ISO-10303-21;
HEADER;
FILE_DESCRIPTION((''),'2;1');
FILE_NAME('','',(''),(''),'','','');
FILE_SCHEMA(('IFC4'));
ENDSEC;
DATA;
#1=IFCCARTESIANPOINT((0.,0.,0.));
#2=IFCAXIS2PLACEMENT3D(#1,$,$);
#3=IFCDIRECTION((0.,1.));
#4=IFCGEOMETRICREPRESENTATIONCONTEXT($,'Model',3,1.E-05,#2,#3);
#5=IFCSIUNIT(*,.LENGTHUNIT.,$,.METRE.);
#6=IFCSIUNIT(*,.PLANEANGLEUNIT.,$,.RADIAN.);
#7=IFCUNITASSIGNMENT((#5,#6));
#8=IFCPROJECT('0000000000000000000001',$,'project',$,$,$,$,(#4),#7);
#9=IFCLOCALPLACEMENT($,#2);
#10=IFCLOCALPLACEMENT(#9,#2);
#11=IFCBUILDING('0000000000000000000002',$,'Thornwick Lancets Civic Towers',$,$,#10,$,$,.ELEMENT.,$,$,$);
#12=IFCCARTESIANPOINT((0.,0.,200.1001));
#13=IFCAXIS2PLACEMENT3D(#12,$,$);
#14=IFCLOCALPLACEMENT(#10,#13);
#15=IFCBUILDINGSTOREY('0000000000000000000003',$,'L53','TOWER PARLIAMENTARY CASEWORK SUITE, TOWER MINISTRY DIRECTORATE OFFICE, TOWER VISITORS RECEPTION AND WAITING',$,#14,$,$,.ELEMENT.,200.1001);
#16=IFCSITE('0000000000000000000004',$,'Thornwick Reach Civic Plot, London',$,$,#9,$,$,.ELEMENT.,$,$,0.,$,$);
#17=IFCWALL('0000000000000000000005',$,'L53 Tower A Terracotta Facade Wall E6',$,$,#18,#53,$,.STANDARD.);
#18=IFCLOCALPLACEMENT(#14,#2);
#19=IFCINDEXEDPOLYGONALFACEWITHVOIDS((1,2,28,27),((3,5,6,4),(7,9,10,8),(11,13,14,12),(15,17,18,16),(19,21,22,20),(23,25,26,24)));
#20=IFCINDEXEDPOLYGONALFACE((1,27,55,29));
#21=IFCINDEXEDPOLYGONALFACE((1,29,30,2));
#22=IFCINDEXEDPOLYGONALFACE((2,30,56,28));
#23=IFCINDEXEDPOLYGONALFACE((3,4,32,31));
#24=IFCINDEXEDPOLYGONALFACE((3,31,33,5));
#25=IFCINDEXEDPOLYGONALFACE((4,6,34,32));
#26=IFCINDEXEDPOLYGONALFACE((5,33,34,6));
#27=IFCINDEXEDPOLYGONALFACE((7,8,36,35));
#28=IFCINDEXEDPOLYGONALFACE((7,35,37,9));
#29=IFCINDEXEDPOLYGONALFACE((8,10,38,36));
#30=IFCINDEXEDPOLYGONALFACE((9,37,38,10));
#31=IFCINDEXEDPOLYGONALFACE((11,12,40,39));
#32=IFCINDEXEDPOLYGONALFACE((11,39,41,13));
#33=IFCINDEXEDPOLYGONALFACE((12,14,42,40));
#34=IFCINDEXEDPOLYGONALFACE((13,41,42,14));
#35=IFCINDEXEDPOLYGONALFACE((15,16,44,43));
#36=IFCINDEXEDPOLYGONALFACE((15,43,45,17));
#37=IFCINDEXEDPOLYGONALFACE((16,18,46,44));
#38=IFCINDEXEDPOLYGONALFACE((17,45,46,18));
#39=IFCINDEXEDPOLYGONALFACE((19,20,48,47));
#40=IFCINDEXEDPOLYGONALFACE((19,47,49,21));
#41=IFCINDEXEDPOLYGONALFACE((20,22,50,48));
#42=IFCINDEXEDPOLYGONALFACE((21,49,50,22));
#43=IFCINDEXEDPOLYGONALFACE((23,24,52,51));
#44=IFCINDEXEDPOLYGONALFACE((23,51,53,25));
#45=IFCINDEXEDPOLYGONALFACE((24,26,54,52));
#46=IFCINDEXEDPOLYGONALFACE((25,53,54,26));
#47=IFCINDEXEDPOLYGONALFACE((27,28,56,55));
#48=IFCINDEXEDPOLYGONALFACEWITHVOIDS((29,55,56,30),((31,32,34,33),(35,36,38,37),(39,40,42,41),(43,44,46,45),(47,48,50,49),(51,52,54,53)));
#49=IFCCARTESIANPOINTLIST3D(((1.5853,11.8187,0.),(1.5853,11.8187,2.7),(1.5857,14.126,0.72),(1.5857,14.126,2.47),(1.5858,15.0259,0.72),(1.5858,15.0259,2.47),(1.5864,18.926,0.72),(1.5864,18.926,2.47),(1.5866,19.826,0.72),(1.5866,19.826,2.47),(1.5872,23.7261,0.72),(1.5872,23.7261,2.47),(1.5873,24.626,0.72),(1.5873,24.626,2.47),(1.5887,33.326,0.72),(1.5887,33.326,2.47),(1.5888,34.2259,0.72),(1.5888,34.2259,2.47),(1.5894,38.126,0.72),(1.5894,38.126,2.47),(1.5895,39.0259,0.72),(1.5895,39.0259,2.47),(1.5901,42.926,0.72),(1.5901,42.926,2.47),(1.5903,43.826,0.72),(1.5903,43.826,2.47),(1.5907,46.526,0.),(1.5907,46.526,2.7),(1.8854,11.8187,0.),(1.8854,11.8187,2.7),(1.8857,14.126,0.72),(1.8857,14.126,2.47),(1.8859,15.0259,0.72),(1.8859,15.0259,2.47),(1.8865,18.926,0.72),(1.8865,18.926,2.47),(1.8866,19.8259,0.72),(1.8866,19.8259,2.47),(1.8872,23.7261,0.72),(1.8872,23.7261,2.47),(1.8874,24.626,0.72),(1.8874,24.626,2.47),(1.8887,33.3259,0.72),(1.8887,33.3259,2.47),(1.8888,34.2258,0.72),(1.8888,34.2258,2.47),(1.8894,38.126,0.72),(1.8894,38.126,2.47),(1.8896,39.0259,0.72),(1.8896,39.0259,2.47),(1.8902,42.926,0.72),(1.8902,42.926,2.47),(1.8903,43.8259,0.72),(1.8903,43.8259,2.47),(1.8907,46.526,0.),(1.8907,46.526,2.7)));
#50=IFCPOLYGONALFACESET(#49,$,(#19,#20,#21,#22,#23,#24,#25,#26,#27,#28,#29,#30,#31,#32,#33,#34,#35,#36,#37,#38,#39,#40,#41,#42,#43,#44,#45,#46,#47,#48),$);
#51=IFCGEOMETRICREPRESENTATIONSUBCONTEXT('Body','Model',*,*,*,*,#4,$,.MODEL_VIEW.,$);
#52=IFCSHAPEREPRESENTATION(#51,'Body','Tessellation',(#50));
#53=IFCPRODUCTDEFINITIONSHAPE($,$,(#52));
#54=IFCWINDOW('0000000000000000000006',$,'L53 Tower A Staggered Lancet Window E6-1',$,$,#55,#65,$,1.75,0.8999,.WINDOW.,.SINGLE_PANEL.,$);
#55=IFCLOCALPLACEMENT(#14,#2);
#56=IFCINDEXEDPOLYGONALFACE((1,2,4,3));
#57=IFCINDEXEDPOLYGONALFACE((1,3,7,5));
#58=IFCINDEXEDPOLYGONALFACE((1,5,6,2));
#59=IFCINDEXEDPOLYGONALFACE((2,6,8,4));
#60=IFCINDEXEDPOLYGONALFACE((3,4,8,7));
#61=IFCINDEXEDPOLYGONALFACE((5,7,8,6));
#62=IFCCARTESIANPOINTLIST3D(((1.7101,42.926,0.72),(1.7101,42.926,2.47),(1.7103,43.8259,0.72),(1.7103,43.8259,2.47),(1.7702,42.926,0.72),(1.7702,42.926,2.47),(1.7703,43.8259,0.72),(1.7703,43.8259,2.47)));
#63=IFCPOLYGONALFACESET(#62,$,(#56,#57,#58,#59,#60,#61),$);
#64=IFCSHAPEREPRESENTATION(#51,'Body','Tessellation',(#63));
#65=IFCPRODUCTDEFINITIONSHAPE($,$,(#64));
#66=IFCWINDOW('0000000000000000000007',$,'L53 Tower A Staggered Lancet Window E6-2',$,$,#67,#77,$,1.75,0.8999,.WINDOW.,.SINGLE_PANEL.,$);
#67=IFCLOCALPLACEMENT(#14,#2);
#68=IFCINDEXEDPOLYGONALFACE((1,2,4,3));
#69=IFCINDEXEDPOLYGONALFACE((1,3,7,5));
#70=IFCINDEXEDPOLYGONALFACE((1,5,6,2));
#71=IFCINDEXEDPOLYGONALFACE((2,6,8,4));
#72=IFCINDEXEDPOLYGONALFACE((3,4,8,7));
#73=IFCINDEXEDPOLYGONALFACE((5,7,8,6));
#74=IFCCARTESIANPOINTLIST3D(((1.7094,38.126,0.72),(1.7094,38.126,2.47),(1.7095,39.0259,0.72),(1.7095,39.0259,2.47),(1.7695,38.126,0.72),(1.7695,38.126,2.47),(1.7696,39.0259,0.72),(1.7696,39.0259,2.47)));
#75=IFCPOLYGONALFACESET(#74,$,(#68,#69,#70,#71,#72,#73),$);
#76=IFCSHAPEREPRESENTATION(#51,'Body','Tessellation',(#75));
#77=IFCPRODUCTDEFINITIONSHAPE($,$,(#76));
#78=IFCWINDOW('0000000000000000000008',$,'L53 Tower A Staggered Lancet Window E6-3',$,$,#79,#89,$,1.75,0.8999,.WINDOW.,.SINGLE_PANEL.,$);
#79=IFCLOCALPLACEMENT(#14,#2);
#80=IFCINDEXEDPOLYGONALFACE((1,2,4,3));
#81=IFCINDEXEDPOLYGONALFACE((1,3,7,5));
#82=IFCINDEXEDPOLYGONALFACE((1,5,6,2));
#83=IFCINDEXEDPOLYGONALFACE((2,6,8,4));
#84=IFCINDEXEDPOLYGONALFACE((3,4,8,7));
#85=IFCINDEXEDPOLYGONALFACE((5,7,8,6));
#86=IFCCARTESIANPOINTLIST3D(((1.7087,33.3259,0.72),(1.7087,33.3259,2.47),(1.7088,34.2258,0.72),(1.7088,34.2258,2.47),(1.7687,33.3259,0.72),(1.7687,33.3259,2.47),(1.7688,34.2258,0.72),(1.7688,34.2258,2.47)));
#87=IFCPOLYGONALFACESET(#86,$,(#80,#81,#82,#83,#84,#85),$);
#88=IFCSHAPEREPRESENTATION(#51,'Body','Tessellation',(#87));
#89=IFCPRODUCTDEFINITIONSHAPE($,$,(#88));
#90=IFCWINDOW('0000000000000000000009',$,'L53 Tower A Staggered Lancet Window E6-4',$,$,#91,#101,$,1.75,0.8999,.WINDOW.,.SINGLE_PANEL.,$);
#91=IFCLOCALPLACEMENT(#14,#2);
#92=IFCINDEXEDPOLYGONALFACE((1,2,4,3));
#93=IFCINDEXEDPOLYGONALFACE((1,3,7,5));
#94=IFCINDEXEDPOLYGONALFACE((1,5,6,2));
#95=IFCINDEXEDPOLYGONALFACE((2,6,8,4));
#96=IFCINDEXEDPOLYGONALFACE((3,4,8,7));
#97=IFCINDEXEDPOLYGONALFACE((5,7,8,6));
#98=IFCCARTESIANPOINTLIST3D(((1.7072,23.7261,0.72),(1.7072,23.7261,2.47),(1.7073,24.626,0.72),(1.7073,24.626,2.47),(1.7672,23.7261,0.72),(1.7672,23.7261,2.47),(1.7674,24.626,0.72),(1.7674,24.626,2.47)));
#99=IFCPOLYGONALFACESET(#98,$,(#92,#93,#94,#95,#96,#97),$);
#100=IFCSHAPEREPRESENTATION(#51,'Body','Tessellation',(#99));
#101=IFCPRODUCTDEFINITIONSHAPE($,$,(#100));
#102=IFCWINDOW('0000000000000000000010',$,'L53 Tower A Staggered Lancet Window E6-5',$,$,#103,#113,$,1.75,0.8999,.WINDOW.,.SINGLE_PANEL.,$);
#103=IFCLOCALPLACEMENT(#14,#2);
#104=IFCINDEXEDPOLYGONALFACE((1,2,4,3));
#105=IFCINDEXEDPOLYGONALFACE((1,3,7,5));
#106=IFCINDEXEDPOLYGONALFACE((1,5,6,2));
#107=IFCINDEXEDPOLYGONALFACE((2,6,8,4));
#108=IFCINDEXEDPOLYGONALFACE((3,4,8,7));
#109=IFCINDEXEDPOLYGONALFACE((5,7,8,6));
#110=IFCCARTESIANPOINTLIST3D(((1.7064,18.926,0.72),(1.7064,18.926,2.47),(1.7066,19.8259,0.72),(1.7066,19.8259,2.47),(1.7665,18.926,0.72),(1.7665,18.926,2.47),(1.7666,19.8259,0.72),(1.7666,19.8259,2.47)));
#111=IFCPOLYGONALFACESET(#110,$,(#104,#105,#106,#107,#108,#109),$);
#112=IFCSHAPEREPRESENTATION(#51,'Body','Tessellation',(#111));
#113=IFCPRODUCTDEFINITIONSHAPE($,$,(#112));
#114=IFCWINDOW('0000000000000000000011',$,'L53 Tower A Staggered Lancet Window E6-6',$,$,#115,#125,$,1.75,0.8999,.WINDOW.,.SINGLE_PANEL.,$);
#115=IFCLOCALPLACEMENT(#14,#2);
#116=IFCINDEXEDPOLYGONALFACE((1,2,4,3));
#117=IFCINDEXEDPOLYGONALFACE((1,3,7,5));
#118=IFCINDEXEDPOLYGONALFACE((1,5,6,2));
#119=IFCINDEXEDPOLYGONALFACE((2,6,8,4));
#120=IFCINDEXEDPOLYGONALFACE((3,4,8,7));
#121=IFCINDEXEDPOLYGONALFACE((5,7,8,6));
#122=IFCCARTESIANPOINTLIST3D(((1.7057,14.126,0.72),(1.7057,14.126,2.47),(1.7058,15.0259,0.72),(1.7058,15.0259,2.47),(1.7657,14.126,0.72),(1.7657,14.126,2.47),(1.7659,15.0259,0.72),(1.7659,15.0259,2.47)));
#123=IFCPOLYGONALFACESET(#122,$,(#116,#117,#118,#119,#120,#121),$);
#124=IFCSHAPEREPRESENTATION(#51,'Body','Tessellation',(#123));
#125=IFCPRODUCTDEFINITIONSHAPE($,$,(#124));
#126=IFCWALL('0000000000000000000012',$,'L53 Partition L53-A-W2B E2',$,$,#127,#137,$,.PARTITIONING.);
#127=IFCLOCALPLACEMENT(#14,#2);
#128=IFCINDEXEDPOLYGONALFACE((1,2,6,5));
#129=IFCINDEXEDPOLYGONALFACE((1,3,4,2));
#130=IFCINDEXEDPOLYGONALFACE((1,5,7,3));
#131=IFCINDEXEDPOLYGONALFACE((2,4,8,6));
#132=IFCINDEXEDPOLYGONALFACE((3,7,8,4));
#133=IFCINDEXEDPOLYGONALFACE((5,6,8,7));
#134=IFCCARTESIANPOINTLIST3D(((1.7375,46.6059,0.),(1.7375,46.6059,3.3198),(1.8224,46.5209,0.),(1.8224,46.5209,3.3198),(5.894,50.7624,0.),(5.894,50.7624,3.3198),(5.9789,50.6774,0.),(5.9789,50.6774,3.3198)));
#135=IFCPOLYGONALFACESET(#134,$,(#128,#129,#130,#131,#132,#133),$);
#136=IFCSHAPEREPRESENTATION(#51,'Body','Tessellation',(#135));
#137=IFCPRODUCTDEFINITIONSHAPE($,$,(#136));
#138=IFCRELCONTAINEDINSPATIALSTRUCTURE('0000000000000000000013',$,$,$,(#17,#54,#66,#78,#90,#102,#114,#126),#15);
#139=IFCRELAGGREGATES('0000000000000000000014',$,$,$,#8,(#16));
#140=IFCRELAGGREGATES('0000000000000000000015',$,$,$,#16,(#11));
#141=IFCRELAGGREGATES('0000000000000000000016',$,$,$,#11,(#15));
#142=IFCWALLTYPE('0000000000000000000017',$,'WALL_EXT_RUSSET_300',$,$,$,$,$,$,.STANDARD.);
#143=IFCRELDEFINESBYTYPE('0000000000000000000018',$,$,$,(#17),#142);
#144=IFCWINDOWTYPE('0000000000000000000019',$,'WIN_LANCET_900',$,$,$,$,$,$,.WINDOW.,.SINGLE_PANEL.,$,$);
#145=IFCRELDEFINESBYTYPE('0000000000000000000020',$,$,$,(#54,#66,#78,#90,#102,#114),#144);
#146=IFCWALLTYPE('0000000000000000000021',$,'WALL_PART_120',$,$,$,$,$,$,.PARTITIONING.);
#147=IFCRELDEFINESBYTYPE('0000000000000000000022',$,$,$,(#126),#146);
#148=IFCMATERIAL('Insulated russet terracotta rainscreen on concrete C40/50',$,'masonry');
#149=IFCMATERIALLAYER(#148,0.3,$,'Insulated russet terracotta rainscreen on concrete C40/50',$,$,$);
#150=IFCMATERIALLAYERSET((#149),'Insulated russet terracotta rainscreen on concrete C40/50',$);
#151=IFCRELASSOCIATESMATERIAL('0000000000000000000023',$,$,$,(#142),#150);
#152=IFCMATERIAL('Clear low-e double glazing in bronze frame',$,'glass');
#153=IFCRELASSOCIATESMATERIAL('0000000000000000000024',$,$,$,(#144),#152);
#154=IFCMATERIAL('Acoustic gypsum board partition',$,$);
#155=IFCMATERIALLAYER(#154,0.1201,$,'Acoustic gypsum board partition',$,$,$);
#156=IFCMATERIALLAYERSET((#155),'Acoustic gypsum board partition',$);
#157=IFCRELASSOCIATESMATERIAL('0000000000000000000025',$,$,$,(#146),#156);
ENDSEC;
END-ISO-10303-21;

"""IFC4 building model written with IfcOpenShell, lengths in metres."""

from ifc_helpers import new_model, si_unit, direction, frame, frame_2d, origin, place, context, subcontext, project, spatial, rectangle, extrude, material, layer, layer_set, type_object, element, fill, save


model = new_model("IFC4")

# Units and contexts
model_context = context("Model", 3, precision=1e-05, world=origin(), true_north=direction((0.0, 1.0)))
body_context = subcontext(model_context, "Body", "Model", "MODEL_VIEW")
ifc_project = project(units=[si_unit("LENGTHUNIT", "METRE"), si_unit("PLANEANGLEUNIT", "RADIAN")], contexts=[model_context])

# Site, building, storey
site_placement = place(None, origin())
site = spatial("IfcSite", under=ifc_project, at=site_placement, Name="Thornwick Reach Civic Plot, London", CompositionType="ELEMENT", RefElevation=0.0)
building_placement = place(site_placement, origin())
building = spatial("IfcBuilding", under=site, at=building_placement, Name="Thornwick Lancets Civic Towers", CompositionType="ELEMENT")
storey_placement = place(building_placement, frame((0.0, 0.0, 200.1001)))
storey = spatial("IfcBuildingStorey", under=building, at=storey_placement, Name="L53", Description="TOWER PARLIAMENTARY CASEWORK SUITE, TOWER MINISTRY DIRECTORATE OFFICE, TOWER VISITORS RECEPTION AND WAITING", CompositionType="ELEMENT", Elevation=200.1001)

# Wall, openings, windows
ifc_material_1 = material(Name="Insulated russet terracotta rainscreen on concrete C40/50", Category="masonry")
ifc_layer_1 = layer(ifc_material_1, 0.3, Name="Insulated russet terracotta rainscreen on concrete C40/50")
ifc_layer_set_1 = layer_set([ifc_layer_1], Name="Insulated russet terracotta rainscreen on concrete C40/50")
wall_type_1 = type_object("IfcWallType", Name="WALL_EXT_RUSSET_300", PredefinedType="STANDARD", material=ifc_layer_set_1)
wall_1_placement = place(storey_placement, frame((1.7407, 46.5259, 0.0), z_axis=(0.0, 0.0, 1.0), x_axis=(-0.000155, -1.0, 0.0)))
wall_1 = element("IfcWall", 1, at=wall_1_placement, inside=storey, type_object=wall_type_1, Name="L53 Tower A Terracotta Facade Wall E6", PredefinedType="STANDARD", context=body_context, shape_type="SweptSolid", body=[
    extrude(rectangle(XDim=34.7073, YDim=0.3, at=frame_2d((17.3535, 0.0))), origin(), (0.0, 0.0, 1.0), 2.7),
])
opening_1_placement = place(wall_1_placement, frame((2.7, 0.0, 0.72)))
opening_1 = element("IfcOpeningElement", 2, at=opening_1_placement, cuts=wall_1, PredefinedType="OPENING", context=body_context, shape_type="SweptSolid", body=[
    extrude(rectangle(XDim=0.8999, YDim=1.75, at=frame_2d((0.45, 0.875))), frame((0.0, 0.1602, 0.0), z_axis=(0.0, -1.0, 0.0), x_axis=(1.0, 0.0, 0.0)), (0.0, 0.0, 1.0), 0.3201),
])
opening_2_placement = place(wall_1_placement, frame((7.5, 0.0, 0.72)))
opening_2 = element("IfcOpeningElement", 3, at=opening_2_placement, cuts=wall_1, PredefinedType="OPENING", context=body_context, shape_type="SweptSolid", body=[
    extrude(rectangle(XDim=0.8999, YDim=1.75, at=frame_2d((0.45, 0.875))), frame((0.0, 0.1602, 0.0), z_axis=(0.0, -1.0, 0.0), x_axis=(1.0, 0.0, 0.0)), (0.0, 0.0, 1.0), 0.3201),
])
opening_3_placement = place(wall_1_placement, frame((12.3, 0.0, 0.72)))
opening_3 = element("IfcOpeningElement", 4, at=opening_3_placement, cuts=wall_1, PredefinedType="OPENING", context=body_context, shape_type="SweptSolid", body=[
    extrude(rectangle(XDim=0.8999, YDim=1.75, at=frame_2d((0.45, 0.875))), frame((0.0, 0.1602, 0.0), z_axis=(0.0, -1.0, 0.0), x_axis=(1.0, 0.0, 0.0)), (0.0, 0.0, 1.0), 0.3201),
])
opening_4_placement = place(wall_1_placement, frame((21.8999, 0.0, 0.72)))
opening_4 = element("IfcOpeningElement", 5, at=opening_4_placement, cuts=wall_1, PredefinedType="OPENING", context=body_context, shape_type="SweptSolid", body=[
    extrude(rectangle(XDim=0.8999, YDim=1.75, at=frame_2d((0.45, 0.875))), frame((0.0, 0.1602, 0.0), z_axis=(0.0, -1.0, 0.0), x_axis=(1.0, 0.0, 0.0)), (0.0, 0.0, 1.0), 0.3201),
])
opening_5_placement = place(wall_1_placement, frame((26.7, 0.0, 0.72)))
opening_5 = element("IfcOpeningElement", 6, at=opening_5_placement, cuts=wall_1, PredefinedType="OPENING", context=body_context, shape_type="SweptSolid", body=[
    extrude(rectangle(XDim=0.8999, YDim=1.75, at=frame_2d((0.45, 0.875))), frame((0.0, 0.1602, 0.0), z_axis=(0.0, -1.0, 0.0), x_axis=(1.0, 0.0, 0.0)), (0.0, 0.0, 1.0), 0.3201),
])
opening_6_placement = place(wall_1_placement, frame((31.5, 0.0, 0.72)))
opening_6 = element("IfcOpeningElement", 7, at=opening_6_placement, cuts=wall_1, PredefinedType="OPENING", context=body_context, shape_type="SweptSolid", body=[
    extrude(rectangle(XDim=0.8999, YDim=1.75, at=frame_2d((0.45, 0.875))), frame((0.0, 0.1602, 0.0), z_axis=(0.0, -1.0, 0.0), x_axis=(1.0, 0.0, 0.0)), (0.0, 0.0, 1.0), 0.3201),
])
ifc_material_2 = material(Name="Clear low-e double glazing in bronze frame", Category="glass")
window_type = type_object("IfcWindowType", Name="WIN_LANCET_900", PartitioningType="SINGLE_PANEL", PredefinedType="WINDOW", material=ifc_material_2)
window_1_placement = place(opening_1_placement, origin())
window_1 = element("IfcWindow", 8, at=window_1_placement, inside=storey, type_object=window_type, Name="L53 Tower A Staggered Lancet Window E6-1", OverallHeight=1.75, OverallWidth=0.8999, PartitioningType="SINGLE_PANEL", PredefinedType="WINDOW", context=body_context, shape_type="SweptSolid", body=[
    extrude(rectangle(XDim=0.8999, YDim=1.75, at=frame_2d((0.45, 0.875))), frame((0.0, 0.03, 0.0), z_axis=(0.0, -1.0, 0.0), x_axis=(1.0, 0.0, 0.0)), (0.0, 0.0, 1.0), 0.0601),
])
fill(opening_1, window_1)
window_2_placement = place(opening_2_placement, origin())
window_2 = element("IfcWindow", 9, at=window_2_placement, inside=storey, type_object=window_type, Name="L53 Tower A Staggered Lancet Window E6-2", OverallHeight=1.75, OverallWidth=0.8999, PartitioningType="SINGLE_PANEL", PredefinedType="WINDOW", context=body_context, shape_type="SweptSolid", body=[
    extrude(rectangle(XDim=0.8999, YDim=1.75, at=frame_2d((0.45, 0.875))), frame((0.0, 0.03, 0.0), z_axis=(0.0, -1.0, 0.0), x_axis=(1.0, 0.0, 0.0)), (0.0, 0.0, 1.0), 0.0601),
])
fill(opening_2, window_2)
window_3_placement = place(opening_3_placement, origin())
window_3 = element("IfcWindow", 10, at=window_3_placement, inside=storey, type_object=window_type, Name="L53 Tower A Staggered Lancet Window E6-3", OverallHeight=1.75, OverallWidth=0.8999, PartitioningType="SINGLE_PANEL", PredefinedType="WINDOW", context=body_context, shape_type="SweptSolid", body=[
    extrude(rectangle(XDim=0.8999, YDim=1.75, at=frame_2d((0.45, 0.875))), frame((0.0, 0.03, 0.0), z_axis=(0.0, -1.0, 0.0), x_axis=(1.0, 0.0, 0.0)), (0.0, 0.0, 1.0), 0.0601),
])
fill(opening_3, window_3)
window_4_placement = place(opening_4_placement, origin())
window_4 = element("IfcWindow", 11, at=window_4_placement, inside=storey, type_object=window_type, Name="L53 Tower A Staggered Lancet Window E6-4", OverallHeight=1.75, OverallWidth=0.8999, PartitioningType="SINGLE_PANEL", PredefinedType="WINDOW", context=body_context, shape_type="SweptSolid", body=[
    extrude(rectangle(XDim=0.8999, YDim=1.75, at=frame_2d((0.45, 0.875))), frame((0.0, 0.03, 0.0), z_axis=(0.0, -1.0, 0.0), x_axis=(1.0, 0.0, 0.0)), (0.0, 0.0, 1.0), 0.0601),
])
fill(opening_4, window_4)
window_5_placement = place(opening_5_placement, origin())
window_5 = element("IfcWindow", 12, at=window_5_placement, inside=storey, type_object=window_type, Name="L53 Tower A Staggered Lancet Window E6-5", OverallHeight=1.75, OverallWidth=0.8999, PartitioningType="SINGLE_PANEL", PredefinedType="WINDOW", context=body_context, shape_type="SweptSolid", body=[
    extrude(rectangle(XDim=0.8999, YDim=1.75, at=frame_2d((0.45, 0.875))), frame((0.0, 0.03, 0.0), z_axis=(0.0, -1.0, 0.0), x_axis=(1.0, 0.0, 0.0)), (0.0, 0.0, 1.0), 0.0601),
])
fill(opening_5, window_5)
window_6_placement = place(opening_6_placement, origin())
window_6 = element("IfcWindow", 13, at=window_6_placement, inside=storey, type_object=window_type, Name="L53 Tower A Staggered Lancet Window E6-6", OverallHeight=1.75, OverallWidth=0.8999, PartitioningType="SINGLE_PANEL", PredefinedType="WINDOW", context=body_context, shape_type="SweptSolid", body=[
    extrude(rectangle(XDim=0.8999, YDim=1.75, at=frame_2d((0.45, 0.875))), frame((0.0, 0.03, 0.0), z_axis=(0.0, -1.0, 0.0), x_axis=(1.0, 0.0, 0.0)), (0.0, 0.0, 1.0), 0.0601),
])
fill(opening_6, window_6)

# Wall
ifc_material_3 = material(Name="Acoustic gypsum board partition")
ifc_layer_2 = layer(ifc_material_3, 0.1201, Name="Acoustic gypsum board partition")
ifc_layer_set_2 = layer_set([ifc_layer_2], Name="Acoustic gypsum board partition")
wall_type_2 = type_object("IfcWallType", Name="WALL_PART_120", PredefinedType="PARTITIONING", material=ifc_layer_set_2)
wall_2_placement = place(storey_placement, frame((1.78, 46.5635, 0.0), z_axis=(0.0, 0.0, 1.0), x_axis=(0.707107, 0.707107, 0.0)))
element("IfcWall", 14, at=wall_2_placement, inside=storey, type_object=wall_type_2, Name="L53 Partition L53-A-W2B E2", PredefinedType="PARTITIONING", context=body_context, shape_type="SweptSolid", body=[
    extrude(rectangle(XDim=5.8782, YDim=0.1201, at=frame_2d((2.939, 0.0))), origin(), (0.0, 0.0, 1.0), 3.3198),
])

save(model, "model.ifc")
